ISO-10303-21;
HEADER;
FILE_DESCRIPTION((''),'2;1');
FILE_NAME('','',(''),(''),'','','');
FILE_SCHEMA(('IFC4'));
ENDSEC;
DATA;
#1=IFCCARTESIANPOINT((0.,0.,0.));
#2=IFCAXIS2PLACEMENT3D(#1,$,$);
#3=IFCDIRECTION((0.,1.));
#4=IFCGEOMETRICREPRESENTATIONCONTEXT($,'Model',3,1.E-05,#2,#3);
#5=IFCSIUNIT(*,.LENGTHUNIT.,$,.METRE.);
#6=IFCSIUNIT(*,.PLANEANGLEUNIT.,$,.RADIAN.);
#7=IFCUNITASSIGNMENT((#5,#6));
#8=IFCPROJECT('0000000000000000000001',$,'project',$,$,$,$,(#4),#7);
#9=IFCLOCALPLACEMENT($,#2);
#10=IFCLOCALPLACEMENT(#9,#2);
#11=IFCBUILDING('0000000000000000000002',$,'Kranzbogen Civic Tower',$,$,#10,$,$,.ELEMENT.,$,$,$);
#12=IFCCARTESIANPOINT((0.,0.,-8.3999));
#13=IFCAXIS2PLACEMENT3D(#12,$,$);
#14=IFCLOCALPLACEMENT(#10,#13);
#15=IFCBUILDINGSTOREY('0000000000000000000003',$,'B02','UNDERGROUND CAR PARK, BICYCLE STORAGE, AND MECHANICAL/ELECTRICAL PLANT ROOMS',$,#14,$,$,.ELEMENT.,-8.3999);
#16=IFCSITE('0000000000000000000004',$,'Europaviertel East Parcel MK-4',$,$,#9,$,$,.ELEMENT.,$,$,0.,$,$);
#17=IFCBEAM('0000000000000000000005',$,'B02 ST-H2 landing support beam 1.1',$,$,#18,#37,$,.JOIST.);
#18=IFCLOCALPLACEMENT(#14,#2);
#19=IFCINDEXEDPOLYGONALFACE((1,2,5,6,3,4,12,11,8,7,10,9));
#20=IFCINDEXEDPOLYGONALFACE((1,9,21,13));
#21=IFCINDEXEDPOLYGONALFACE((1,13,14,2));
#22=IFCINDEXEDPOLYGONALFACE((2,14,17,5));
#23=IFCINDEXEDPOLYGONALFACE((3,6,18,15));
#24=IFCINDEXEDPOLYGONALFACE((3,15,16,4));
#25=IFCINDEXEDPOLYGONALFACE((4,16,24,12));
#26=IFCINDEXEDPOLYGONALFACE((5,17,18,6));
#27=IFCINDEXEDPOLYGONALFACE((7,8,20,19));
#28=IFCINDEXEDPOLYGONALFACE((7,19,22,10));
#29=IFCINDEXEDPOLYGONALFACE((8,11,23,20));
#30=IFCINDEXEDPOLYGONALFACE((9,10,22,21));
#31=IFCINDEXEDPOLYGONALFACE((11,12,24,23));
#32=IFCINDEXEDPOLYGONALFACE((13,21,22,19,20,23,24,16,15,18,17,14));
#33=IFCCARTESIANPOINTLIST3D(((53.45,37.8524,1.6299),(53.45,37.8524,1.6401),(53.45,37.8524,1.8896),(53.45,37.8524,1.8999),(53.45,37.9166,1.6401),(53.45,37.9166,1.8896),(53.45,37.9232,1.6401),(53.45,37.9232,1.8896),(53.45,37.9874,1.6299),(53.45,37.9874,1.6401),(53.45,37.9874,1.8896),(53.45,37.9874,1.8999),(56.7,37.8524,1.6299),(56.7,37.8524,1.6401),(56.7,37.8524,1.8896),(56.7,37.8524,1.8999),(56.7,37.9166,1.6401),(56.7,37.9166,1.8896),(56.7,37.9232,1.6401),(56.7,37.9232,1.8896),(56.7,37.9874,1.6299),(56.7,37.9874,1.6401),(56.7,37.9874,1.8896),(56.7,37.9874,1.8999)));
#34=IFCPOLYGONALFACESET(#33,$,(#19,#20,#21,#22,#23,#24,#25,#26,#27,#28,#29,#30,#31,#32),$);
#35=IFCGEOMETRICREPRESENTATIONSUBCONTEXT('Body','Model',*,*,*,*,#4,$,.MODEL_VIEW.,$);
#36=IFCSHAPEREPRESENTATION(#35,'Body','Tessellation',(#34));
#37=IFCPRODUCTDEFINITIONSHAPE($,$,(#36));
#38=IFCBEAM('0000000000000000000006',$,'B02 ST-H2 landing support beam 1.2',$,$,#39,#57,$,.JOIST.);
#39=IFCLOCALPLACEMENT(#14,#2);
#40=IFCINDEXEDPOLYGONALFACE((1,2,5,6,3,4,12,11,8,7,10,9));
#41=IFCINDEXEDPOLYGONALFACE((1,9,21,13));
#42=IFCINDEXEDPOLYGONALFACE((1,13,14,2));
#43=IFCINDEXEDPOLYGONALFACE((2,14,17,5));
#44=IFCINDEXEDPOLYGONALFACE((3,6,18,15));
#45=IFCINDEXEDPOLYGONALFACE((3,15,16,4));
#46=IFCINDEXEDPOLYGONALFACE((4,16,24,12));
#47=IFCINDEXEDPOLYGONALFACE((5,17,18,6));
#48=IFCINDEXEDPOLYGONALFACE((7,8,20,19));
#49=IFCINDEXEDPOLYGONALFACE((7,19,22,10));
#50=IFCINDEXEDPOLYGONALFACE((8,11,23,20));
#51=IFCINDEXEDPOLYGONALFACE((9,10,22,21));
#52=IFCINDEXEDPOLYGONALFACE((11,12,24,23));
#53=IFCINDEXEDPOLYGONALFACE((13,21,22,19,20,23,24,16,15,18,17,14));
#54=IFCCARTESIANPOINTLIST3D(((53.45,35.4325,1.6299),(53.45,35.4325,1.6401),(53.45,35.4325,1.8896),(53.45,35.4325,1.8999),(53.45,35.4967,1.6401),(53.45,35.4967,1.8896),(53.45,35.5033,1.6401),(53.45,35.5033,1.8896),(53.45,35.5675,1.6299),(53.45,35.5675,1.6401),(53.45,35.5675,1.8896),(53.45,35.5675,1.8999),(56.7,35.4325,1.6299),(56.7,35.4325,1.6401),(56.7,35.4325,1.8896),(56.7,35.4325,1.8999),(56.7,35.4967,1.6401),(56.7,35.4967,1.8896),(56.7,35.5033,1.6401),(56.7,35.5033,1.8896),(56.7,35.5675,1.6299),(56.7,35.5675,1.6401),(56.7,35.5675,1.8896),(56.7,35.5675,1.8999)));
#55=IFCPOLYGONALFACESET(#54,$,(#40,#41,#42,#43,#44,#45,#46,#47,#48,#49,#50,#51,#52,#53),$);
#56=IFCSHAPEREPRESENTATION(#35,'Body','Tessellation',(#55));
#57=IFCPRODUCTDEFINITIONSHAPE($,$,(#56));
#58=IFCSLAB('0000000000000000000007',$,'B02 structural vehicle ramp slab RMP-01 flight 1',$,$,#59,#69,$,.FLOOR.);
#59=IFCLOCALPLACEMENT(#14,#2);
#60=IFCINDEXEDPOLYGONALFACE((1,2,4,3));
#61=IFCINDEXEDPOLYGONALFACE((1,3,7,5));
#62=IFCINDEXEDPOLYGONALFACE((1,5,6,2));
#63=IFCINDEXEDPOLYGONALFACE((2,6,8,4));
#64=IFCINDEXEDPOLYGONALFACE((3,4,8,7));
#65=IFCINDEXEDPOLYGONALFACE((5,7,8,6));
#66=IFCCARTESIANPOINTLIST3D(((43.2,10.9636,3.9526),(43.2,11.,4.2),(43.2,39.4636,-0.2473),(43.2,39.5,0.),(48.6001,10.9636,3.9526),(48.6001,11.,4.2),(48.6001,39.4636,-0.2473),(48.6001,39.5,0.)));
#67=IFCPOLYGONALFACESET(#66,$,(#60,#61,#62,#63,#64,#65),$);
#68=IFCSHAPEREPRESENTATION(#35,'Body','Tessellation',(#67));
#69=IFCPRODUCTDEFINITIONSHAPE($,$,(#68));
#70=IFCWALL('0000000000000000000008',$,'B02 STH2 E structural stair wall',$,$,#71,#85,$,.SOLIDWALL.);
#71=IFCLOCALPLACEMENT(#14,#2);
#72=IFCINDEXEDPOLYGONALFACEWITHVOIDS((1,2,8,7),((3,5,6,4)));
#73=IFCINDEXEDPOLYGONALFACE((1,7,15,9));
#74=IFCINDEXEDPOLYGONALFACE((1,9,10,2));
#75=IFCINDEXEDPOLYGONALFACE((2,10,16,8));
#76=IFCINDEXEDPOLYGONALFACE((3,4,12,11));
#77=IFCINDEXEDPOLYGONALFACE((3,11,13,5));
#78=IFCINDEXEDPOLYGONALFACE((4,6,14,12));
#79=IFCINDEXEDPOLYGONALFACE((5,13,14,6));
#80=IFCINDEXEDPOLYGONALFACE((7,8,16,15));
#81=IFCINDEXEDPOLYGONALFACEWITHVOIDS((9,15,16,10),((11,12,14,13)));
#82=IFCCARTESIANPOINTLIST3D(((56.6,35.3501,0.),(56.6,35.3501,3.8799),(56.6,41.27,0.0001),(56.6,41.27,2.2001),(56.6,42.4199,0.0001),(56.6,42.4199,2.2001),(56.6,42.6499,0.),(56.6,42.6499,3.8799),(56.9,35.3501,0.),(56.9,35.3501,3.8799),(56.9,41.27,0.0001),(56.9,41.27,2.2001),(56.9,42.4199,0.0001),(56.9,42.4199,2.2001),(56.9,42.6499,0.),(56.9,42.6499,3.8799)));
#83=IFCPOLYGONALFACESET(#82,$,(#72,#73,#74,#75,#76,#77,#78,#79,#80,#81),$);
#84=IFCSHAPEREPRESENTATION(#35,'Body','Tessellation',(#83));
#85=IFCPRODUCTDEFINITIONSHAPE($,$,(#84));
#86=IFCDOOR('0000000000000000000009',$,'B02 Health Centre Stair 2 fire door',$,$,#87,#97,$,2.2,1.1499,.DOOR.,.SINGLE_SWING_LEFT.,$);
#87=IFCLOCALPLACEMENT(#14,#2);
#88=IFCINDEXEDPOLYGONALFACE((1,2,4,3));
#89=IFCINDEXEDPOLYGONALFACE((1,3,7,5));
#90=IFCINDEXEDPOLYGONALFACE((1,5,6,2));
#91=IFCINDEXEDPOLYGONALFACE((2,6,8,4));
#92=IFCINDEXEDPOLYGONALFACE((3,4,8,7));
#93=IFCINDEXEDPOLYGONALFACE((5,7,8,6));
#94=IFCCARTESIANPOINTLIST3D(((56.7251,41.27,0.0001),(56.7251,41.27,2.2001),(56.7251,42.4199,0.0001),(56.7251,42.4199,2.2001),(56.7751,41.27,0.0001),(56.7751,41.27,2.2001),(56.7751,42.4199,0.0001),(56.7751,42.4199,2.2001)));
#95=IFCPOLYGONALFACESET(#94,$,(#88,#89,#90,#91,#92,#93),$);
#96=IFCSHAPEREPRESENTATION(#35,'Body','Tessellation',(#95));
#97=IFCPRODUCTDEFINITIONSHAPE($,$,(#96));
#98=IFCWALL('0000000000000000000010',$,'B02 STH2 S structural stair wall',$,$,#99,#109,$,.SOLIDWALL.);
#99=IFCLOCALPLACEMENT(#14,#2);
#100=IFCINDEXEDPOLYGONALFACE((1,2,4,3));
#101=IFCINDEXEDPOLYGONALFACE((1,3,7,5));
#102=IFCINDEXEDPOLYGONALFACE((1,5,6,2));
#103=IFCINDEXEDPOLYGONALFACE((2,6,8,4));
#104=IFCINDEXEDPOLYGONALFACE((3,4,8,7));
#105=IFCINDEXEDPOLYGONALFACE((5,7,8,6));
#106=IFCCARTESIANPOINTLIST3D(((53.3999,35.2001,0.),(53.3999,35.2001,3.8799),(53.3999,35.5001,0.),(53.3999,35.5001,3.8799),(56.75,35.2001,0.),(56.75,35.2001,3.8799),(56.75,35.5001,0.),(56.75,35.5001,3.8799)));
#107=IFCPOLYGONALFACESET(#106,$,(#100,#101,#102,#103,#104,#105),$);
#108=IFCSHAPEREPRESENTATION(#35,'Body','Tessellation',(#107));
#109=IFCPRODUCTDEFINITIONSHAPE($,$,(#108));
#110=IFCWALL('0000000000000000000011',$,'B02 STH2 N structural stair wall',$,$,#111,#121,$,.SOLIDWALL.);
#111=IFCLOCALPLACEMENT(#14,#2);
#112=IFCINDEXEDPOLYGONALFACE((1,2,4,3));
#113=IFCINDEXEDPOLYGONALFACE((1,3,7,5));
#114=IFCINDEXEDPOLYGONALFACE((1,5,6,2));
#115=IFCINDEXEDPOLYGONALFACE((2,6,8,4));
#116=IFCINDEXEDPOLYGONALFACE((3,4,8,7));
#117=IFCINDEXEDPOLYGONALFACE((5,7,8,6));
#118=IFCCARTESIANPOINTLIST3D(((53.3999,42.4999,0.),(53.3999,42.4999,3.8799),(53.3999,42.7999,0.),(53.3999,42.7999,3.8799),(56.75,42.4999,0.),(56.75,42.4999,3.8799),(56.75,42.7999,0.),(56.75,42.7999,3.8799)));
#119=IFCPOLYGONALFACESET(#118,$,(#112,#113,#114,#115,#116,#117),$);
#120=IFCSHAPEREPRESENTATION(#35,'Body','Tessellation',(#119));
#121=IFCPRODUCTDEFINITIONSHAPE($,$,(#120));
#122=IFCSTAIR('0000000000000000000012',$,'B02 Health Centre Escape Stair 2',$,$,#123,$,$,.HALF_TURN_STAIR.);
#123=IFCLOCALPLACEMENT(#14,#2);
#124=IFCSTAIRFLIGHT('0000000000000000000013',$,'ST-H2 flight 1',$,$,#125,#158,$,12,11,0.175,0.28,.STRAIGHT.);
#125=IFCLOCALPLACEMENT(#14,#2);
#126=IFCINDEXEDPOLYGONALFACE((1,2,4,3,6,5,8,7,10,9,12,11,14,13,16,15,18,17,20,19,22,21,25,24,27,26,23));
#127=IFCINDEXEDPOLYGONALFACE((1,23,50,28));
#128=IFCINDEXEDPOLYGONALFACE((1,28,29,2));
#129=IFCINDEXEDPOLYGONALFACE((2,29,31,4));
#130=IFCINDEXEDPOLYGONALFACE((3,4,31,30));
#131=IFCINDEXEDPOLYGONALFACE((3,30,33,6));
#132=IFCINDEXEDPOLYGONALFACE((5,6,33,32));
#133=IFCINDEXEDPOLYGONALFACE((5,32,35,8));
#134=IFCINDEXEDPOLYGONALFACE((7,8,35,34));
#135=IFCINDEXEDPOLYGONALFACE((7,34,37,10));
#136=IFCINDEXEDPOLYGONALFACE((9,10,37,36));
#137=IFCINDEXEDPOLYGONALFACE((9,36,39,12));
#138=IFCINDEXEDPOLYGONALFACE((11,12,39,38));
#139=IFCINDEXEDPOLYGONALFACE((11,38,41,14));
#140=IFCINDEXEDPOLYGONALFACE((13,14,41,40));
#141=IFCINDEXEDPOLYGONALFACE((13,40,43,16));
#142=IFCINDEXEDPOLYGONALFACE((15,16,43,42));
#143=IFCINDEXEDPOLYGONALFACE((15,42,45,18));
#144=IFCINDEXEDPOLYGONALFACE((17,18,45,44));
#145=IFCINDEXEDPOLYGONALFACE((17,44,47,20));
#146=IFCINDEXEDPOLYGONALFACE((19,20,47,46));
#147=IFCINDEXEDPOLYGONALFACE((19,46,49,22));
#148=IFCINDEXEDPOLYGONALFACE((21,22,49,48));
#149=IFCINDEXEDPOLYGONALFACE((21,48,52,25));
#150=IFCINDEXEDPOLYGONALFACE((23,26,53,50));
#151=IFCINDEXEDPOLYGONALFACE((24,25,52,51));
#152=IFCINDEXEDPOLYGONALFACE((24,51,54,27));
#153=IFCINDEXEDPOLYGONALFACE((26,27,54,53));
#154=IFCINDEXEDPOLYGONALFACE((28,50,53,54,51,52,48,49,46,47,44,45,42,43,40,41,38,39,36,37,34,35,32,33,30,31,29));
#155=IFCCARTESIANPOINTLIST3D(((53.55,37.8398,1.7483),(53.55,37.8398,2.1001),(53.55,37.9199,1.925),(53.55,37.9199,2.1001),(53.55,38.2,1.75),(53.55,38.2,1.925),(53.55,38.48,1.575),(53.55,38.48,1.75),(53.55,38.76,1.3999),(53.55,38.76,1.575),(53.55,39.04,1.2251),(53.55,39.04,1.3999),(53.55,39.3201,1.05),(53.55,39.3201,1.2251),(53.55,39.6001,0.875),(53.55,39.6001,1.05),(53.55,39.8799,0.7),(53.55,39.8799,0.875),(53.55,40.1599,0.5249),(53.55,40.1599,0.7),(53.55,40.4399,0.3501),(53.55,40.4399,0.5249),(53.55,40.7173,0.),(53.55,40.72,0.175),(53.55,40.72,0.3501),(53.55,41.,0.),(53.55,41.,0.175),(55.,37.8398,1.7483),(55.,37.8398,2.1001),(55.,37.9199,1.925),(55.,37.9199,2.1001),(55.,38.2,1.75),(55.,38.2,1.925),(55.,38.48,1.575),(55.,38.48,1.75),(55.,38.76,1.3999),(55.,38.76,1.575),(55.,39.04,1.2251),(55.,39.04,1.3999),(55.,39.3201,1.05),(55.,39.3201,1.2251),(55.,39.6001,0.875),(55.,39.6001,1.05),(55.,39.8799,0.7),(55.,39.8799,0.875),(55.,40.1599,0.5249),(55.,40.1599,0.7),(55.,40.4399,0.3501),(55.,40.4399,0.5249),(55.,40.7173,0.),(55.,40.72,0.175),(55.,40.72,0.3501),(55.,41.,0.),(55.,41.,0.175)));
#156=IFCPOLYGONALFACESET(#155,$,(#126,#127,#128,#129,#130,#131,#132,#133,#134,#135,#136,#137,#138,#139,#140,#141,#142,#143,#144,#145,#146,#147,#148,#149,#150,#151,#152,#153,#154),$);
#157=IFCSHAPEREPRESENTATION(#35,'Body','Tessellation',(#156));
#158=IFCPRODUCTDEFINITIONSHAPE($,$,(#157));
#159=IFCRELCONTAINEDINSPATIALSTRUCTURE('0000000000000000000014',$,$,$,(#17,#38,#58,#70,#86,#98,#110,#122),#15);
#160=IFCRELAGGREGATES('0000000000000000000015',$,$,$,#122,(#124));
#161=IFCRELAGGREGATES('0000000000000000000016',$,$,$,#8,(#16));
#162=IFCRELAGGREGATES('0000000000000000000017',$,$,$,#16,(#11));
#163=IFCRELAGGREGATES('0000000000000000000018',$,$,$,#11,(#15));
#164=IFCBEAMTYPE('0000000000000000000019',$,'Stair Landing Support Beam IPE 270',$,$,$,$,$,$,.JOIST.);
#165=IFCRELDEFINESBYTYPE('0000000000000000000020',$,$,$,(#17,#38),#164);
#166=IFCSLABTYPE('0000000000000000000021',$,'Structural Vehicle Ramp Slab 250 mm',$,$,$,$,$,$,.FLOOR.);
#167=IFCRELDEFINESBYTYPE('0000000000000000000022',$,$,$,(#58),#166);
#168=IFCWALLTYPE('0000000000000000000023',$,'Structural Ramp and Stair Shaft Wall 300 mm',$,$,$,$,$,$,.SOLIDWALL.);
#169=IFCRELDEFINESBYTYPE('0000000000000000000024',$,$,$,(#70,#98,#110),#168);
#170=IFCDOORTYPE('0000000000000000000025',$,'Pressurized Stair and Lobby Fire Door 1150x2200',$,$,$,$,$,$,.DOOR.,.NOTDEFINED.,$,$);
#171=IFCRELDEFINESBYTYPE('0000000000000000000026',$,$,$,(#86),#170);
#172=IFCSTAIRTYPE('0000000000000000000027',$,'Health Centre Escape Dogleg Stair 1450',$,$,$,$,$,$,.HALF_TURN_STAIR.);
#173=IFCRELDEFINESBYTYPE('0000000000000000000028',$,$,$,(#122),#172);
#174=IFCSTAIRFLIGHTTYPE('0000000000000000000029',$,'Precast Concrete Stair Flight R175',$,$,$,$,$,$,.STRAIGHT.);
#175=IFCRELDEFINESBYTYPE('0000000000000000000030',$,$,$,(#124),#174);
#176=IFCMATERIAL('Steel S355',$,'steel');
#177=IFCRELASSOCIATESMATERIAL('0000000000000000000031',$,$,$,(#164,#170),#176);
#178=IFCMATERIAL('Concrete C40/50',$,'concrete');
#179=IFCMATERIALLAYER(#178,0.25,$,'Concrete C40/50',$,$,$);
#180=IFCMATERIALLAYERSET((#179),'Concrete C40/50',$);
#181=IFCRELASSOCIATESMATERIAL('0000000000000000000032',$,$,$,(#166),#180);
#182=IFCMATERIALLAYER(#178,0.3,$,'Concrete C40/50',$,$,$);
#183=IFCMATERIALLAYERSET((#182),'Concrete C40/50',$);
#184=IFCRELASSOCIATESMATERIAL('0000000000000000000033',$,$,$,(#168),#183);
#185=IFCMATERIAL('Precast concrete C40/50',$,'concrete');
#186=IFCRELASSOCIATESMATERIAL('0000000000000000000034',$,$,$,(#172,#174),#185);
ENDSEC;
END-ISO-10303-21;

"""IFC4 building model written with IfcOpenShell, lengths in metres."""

from ifc_helpers import new_model, si_unit, direction, frame, frame_2d, origin, origin_2d, place, context, subcontext, project, spatial, polyline, rectangle, i_section, outline, extrude, material, layer, layer_set, material_profile, profile_set, type_object, element, fill, aggregate, save


model = new_model("IFC4")

# Units and contexts
model_context = context("Model", 3, precision=1e-05, world=origin(), true_north=direction((0.0, 1.0)))
body_context = subcontext(model_context, "Body", "Model", "MODEL_VIEW")
ifc_project = project(units=[si_unit("LENGTHUNIT", "METRE"), si_unit("PLANEANGLEUNIT", "RADIAN")], contexts=[model_context])

# Site, building, storey
site_placement = place(None, origin())
site = spatial("IfcSite", under=ifc_project, at=site_placement, Name="Europaviertel East Parcel MK-4", CompositionType="ELEMENT", RefElevation=0.0)
building_placement = place(site_placement, origin())
building = spatial("IfcBuilding", under=site, at=building_placement, Name="Kranzbogen Civic Tower", CompositionType="ELEMENT")
storey_placement = place(building_placement, frame((0.0, 0.0, -8.3999)))
storey = spatial("IfcBuildingStorey", under=building, at=storey_placement, Name="B02", Description="UNDERGROUND CAR PARK, BICYCLE STORAGE, AND MECHANICAL/ELECTRICAL PLANT ROOMS", CompositionType="ELEMENT", Elevation=-8.3999)

# Shared definitions
ifc_material_1 = material(Name="Concrete C40/50", Category="concrete")

# Shared definitions
ifc_material_2 = material(Name="Steel S355", Category="steel")

# Beams
ifc_material_profile_1 = material_profile(ifc_material_2, i_section(OverallWidth=0.135, OverallDepth=0.27, WebThickness=0.0066, FlangeThickness=0.0103, at=origin_2d()), Name="IPE 270")
ifc_profile_set_1 = profile_set([ifc_material_profile_1], Name="Steel S355")
beam_type_1 = type_object("IfcBeamType", Name="Stair Landing Support Beam IPE 270", PredefinedType="JOIST", material=ifc_profile_set_1)
for number, where, z_axis, x_axis, name in (
    (1, (53.45, 37.9199, 1.7649), (1.0, 0.0, 0.0), (0.0, 1.0, 0.0), "B02 ST-H2 landing support beam 1.1"),
    (2, (53.45, 35.5, 1.7649), (1.0, 0.0, 0.0), (0.0, 1.0, 0.0), "B02 ST-H2 landing support beam 1.2"),
):
    element("IfcBeam", number, at=place(storey_placement, frame(where, z_axis=z_axis, x_axis=x_axis)), inside=storey, type_object=beam_type_1, Name=name, PredefinedType="JOIST", context=body_context, shape_type="SweptSolid", body=[
        extrude(i_section(OverallWidth=0.135, OverallDepth=0.27, WebThickness=0.0066, FlangeThickness=0.0103, at=origin_2d()), origin(), (0.0, 0.0, 1.0), 3.25),
    ])

# Slab
ifc_layer_1 = layer(ifc_material_1, 0.25, Name="Concrete C40/50")
ifc_layer_set_1 = layer_set([ifc_layer_1], Name="Concrete C40/50")
slab_type = type_object("IfcSlabType", Name="Structural Vehicle Ramp Slab 250 mm", PredefinedType="FLOOR", material=ifc_layer_set_1)
slab_placement = place(storey_placement, frame((43.2, 39.5, 0.0), z_axis=(0.0, 0.145792, 0.989315), x_axis=(1.0, 0.0, 0.0)))
element("IfcSlab", 3, at=slab_placement, inside=storey, type_object=slab_type, Name="B02 structural vehicle ramp slab RMP-01 flight 1", PredefinedType="FLOOR", context=body_context, shape_type="SweptSolid", body=[
    extrude(outline(polyline([(0.0, 0.0), (5.4001, 0.0), (5.4001, -28.8078), (0.0, -28.8078), (0.0, 0.0)])), origin(), (0.0, 0.0, -1.0), 0.25),
])

# Wall, opening, door
ifc_layer_2 = layer(ifc_material_1, 0.3, Name="Concrete C40/50")
ifc_layer_set_2 = layer_set([ifc_layer_2], Name="Concrete C40/50")
wall_type = type_object("IfcWallType", Name="Structural Ramp and Stair Shaft Wall 300 mm", PredefinedType="SOLIDWALL", material=ifc_layer_set_2)
wall_placement = place(storey_placement, frame((56.75, 35.3501, 0.0), z_axis=(0.0, 0.0, 1.0), x_axis=(0.0, 1.0, 0.0)))
wall = element("IfcWall", 4, at=wall_placement, inside=storey, type_object=wall_type, Name="B02 STH2 E structural stair wall", PredefinedType="SOLIDWALL", context=body_context, shape_type="SweptSolid", body=[
    extrude(rectangle(XDim=7.2998, YDim=0.3, at=frame_2d((3.6499, 0.0))), origin(), (0.0, 0.0, 1.0), 3.8799),
])
opening_placement = place(wall_placement, frame((5.9199, 0.0, 0.0)))
opening = element("IfcOpeningElement", 5, at=opening_placement, cuts=wall, PredefinedType="OPENING", context=body_context, shape_type="SweptSolid", body=[
    extrude(rectangle(XDim=1.1499, YDim=2.2, at=frame_2d((0.575, 1.1001))), frame((0.0, 0.1602, 0.0), z_axis=(0.0, -1.0, 0.0), x_axis=(1.0, 0.0, 0.0)), (0.0, 0.0, 1.0), 0.3201),
])
door_type = type_object("IfcDoorType", Name="Pressurized Stair and Lobby Fire Door 1150x2200", OperationType="NOTDEFINED", PredefinedType="DOOR", material=ifc_material_2)
door_placement = place(opening_placement, origin())
door = element("IfcDoor", 6, at=door_placement, inside=storey, type_object=door_type, Name="B02 Health Centre Stair 2 fire door", OperationType="SINGLE_SWING_LEFT", OverallHeight=2.2, OverallWidth=1.1499, PredefinedType="DOOR", context=body_context, shape_type="SweptSolid", body=[
    extrude(rectangle(XDim=1.1499, YDim=2.2, at=frame_2d((0.575, 1.1001))), frame((0.0, 0.0249, 0.0), z_axis=(0.0, -1.0, 0.0), x_axis=(1.0, 0.0, 0.0)), (0.0, 0.0, 1.0), 0.05),
])
fill(opening, door)

# Walls
for number, where, z_axis, x_axis, name in (
    (7, (53.3999, 35.3501, 0.0), (0.0, 0.0, 1.0), (1.0, 0.0, 0.0), "B02 STH2 S structural stair wall"),
    (8, (53.3999, 42.6499, 0.0), (0.0, 0.0, 1.0), (1.0, 0.0, 0.0), "B02 STH2 N structural stair wall"),
):
    element("IfcWall", number, at=place(storey_placement, frame(where, z_axis=z_axis, x_axis=x_axis)), inside=storey, type_object=wall_type, Name=name, PredefinedType="SOLIDWALL", context=body_context, shape_type="SweptSolid", body=[
        extrude(rectangle(XDim=3.3501, YDim=0.3, at=frame_2d((1.675, 0.0))), origin(), (0.0, 0.0, 1.0), 3.8799),
    ])

# Stair, stair flight
ifc_material_3 = material(Name="Precast concrete C40/50", Category="concrete")
stair_type = type_object("IfcStairType", Name="Health Centre Escape Dogleg Stair 1450", PredefinedType="HALF_TURN_STAIR", material=ifc_material_3)
stair_placement = place(storey_placement, origin())
stair = element("IfcStair", 9, at=stair_placement, inside=storey, type_object=stair_type, Name="B02 Health Centre Escape Stair 2", PredefinedType="HALF_TURN_STAIR")
stair_flight_type = type_object("IfcStairFlightType", Name="Precast Concrete Stair Flight R175", PredefinedType="STRAIGHT", material=ifc_material_3)
stair_flight_1_placement = place(storey_placement, frame((54.2749, 41.0, 0.0), z_axis=(0.0, 0.0, 1.0), x_axis=(0.0, -1.0, 0.0)))
stair_flight_1 = element("IfcStairFlight", 10, at=stair_flight_1_placement, type_object=stair_flight_type, Name="ST-H2 flight 1", NumberOfRisers=12, NumberOfTreads=11, PredefinedType="STRAIGHT", RiserHeight=0.175, TreadLength=0.28, context=body_context, shape_type="SweptSolid", body=[
    extrude(outline(polyline([(0.0, 0.0), (0.0, 0.175), (0.28, 0.175), (0.28, 0.3501), (0.5601, 0.3501), (0.5601, 0.5249), (0.8401, 0.5249), (0.8401, 0.7), (1.1201, 0.7), (1.1201, 0.875), (1.3999, 0.875), (1.3999, 1.05), (1.6799, 1.05), (1.6799, 1.2251), (1.96, 1.2251), (1.96, 1.3999), (2.24, 1.3999), (2.24, 1.575), (2.52, 1.575), (2.52, 1.75), (2.8, 1.75), (2.8, 1.925), (3.0801, 1.925), (3.0801, 2.1001), (3.1602, 2.1001), (3.1602, 1.7483), (0.2827, 0.0), (0.0, 0.0)])), frame((0.0, 0.7251, 0.0), z_axis=(0.0, -1.0, 0.0), x_axis=(1.0, 0.0, 0.0)), (0.0, 0.0, 1.0), 1.45),
])
aggregate(stair, [stair_flight_1])

save(model, "model.ifc")
